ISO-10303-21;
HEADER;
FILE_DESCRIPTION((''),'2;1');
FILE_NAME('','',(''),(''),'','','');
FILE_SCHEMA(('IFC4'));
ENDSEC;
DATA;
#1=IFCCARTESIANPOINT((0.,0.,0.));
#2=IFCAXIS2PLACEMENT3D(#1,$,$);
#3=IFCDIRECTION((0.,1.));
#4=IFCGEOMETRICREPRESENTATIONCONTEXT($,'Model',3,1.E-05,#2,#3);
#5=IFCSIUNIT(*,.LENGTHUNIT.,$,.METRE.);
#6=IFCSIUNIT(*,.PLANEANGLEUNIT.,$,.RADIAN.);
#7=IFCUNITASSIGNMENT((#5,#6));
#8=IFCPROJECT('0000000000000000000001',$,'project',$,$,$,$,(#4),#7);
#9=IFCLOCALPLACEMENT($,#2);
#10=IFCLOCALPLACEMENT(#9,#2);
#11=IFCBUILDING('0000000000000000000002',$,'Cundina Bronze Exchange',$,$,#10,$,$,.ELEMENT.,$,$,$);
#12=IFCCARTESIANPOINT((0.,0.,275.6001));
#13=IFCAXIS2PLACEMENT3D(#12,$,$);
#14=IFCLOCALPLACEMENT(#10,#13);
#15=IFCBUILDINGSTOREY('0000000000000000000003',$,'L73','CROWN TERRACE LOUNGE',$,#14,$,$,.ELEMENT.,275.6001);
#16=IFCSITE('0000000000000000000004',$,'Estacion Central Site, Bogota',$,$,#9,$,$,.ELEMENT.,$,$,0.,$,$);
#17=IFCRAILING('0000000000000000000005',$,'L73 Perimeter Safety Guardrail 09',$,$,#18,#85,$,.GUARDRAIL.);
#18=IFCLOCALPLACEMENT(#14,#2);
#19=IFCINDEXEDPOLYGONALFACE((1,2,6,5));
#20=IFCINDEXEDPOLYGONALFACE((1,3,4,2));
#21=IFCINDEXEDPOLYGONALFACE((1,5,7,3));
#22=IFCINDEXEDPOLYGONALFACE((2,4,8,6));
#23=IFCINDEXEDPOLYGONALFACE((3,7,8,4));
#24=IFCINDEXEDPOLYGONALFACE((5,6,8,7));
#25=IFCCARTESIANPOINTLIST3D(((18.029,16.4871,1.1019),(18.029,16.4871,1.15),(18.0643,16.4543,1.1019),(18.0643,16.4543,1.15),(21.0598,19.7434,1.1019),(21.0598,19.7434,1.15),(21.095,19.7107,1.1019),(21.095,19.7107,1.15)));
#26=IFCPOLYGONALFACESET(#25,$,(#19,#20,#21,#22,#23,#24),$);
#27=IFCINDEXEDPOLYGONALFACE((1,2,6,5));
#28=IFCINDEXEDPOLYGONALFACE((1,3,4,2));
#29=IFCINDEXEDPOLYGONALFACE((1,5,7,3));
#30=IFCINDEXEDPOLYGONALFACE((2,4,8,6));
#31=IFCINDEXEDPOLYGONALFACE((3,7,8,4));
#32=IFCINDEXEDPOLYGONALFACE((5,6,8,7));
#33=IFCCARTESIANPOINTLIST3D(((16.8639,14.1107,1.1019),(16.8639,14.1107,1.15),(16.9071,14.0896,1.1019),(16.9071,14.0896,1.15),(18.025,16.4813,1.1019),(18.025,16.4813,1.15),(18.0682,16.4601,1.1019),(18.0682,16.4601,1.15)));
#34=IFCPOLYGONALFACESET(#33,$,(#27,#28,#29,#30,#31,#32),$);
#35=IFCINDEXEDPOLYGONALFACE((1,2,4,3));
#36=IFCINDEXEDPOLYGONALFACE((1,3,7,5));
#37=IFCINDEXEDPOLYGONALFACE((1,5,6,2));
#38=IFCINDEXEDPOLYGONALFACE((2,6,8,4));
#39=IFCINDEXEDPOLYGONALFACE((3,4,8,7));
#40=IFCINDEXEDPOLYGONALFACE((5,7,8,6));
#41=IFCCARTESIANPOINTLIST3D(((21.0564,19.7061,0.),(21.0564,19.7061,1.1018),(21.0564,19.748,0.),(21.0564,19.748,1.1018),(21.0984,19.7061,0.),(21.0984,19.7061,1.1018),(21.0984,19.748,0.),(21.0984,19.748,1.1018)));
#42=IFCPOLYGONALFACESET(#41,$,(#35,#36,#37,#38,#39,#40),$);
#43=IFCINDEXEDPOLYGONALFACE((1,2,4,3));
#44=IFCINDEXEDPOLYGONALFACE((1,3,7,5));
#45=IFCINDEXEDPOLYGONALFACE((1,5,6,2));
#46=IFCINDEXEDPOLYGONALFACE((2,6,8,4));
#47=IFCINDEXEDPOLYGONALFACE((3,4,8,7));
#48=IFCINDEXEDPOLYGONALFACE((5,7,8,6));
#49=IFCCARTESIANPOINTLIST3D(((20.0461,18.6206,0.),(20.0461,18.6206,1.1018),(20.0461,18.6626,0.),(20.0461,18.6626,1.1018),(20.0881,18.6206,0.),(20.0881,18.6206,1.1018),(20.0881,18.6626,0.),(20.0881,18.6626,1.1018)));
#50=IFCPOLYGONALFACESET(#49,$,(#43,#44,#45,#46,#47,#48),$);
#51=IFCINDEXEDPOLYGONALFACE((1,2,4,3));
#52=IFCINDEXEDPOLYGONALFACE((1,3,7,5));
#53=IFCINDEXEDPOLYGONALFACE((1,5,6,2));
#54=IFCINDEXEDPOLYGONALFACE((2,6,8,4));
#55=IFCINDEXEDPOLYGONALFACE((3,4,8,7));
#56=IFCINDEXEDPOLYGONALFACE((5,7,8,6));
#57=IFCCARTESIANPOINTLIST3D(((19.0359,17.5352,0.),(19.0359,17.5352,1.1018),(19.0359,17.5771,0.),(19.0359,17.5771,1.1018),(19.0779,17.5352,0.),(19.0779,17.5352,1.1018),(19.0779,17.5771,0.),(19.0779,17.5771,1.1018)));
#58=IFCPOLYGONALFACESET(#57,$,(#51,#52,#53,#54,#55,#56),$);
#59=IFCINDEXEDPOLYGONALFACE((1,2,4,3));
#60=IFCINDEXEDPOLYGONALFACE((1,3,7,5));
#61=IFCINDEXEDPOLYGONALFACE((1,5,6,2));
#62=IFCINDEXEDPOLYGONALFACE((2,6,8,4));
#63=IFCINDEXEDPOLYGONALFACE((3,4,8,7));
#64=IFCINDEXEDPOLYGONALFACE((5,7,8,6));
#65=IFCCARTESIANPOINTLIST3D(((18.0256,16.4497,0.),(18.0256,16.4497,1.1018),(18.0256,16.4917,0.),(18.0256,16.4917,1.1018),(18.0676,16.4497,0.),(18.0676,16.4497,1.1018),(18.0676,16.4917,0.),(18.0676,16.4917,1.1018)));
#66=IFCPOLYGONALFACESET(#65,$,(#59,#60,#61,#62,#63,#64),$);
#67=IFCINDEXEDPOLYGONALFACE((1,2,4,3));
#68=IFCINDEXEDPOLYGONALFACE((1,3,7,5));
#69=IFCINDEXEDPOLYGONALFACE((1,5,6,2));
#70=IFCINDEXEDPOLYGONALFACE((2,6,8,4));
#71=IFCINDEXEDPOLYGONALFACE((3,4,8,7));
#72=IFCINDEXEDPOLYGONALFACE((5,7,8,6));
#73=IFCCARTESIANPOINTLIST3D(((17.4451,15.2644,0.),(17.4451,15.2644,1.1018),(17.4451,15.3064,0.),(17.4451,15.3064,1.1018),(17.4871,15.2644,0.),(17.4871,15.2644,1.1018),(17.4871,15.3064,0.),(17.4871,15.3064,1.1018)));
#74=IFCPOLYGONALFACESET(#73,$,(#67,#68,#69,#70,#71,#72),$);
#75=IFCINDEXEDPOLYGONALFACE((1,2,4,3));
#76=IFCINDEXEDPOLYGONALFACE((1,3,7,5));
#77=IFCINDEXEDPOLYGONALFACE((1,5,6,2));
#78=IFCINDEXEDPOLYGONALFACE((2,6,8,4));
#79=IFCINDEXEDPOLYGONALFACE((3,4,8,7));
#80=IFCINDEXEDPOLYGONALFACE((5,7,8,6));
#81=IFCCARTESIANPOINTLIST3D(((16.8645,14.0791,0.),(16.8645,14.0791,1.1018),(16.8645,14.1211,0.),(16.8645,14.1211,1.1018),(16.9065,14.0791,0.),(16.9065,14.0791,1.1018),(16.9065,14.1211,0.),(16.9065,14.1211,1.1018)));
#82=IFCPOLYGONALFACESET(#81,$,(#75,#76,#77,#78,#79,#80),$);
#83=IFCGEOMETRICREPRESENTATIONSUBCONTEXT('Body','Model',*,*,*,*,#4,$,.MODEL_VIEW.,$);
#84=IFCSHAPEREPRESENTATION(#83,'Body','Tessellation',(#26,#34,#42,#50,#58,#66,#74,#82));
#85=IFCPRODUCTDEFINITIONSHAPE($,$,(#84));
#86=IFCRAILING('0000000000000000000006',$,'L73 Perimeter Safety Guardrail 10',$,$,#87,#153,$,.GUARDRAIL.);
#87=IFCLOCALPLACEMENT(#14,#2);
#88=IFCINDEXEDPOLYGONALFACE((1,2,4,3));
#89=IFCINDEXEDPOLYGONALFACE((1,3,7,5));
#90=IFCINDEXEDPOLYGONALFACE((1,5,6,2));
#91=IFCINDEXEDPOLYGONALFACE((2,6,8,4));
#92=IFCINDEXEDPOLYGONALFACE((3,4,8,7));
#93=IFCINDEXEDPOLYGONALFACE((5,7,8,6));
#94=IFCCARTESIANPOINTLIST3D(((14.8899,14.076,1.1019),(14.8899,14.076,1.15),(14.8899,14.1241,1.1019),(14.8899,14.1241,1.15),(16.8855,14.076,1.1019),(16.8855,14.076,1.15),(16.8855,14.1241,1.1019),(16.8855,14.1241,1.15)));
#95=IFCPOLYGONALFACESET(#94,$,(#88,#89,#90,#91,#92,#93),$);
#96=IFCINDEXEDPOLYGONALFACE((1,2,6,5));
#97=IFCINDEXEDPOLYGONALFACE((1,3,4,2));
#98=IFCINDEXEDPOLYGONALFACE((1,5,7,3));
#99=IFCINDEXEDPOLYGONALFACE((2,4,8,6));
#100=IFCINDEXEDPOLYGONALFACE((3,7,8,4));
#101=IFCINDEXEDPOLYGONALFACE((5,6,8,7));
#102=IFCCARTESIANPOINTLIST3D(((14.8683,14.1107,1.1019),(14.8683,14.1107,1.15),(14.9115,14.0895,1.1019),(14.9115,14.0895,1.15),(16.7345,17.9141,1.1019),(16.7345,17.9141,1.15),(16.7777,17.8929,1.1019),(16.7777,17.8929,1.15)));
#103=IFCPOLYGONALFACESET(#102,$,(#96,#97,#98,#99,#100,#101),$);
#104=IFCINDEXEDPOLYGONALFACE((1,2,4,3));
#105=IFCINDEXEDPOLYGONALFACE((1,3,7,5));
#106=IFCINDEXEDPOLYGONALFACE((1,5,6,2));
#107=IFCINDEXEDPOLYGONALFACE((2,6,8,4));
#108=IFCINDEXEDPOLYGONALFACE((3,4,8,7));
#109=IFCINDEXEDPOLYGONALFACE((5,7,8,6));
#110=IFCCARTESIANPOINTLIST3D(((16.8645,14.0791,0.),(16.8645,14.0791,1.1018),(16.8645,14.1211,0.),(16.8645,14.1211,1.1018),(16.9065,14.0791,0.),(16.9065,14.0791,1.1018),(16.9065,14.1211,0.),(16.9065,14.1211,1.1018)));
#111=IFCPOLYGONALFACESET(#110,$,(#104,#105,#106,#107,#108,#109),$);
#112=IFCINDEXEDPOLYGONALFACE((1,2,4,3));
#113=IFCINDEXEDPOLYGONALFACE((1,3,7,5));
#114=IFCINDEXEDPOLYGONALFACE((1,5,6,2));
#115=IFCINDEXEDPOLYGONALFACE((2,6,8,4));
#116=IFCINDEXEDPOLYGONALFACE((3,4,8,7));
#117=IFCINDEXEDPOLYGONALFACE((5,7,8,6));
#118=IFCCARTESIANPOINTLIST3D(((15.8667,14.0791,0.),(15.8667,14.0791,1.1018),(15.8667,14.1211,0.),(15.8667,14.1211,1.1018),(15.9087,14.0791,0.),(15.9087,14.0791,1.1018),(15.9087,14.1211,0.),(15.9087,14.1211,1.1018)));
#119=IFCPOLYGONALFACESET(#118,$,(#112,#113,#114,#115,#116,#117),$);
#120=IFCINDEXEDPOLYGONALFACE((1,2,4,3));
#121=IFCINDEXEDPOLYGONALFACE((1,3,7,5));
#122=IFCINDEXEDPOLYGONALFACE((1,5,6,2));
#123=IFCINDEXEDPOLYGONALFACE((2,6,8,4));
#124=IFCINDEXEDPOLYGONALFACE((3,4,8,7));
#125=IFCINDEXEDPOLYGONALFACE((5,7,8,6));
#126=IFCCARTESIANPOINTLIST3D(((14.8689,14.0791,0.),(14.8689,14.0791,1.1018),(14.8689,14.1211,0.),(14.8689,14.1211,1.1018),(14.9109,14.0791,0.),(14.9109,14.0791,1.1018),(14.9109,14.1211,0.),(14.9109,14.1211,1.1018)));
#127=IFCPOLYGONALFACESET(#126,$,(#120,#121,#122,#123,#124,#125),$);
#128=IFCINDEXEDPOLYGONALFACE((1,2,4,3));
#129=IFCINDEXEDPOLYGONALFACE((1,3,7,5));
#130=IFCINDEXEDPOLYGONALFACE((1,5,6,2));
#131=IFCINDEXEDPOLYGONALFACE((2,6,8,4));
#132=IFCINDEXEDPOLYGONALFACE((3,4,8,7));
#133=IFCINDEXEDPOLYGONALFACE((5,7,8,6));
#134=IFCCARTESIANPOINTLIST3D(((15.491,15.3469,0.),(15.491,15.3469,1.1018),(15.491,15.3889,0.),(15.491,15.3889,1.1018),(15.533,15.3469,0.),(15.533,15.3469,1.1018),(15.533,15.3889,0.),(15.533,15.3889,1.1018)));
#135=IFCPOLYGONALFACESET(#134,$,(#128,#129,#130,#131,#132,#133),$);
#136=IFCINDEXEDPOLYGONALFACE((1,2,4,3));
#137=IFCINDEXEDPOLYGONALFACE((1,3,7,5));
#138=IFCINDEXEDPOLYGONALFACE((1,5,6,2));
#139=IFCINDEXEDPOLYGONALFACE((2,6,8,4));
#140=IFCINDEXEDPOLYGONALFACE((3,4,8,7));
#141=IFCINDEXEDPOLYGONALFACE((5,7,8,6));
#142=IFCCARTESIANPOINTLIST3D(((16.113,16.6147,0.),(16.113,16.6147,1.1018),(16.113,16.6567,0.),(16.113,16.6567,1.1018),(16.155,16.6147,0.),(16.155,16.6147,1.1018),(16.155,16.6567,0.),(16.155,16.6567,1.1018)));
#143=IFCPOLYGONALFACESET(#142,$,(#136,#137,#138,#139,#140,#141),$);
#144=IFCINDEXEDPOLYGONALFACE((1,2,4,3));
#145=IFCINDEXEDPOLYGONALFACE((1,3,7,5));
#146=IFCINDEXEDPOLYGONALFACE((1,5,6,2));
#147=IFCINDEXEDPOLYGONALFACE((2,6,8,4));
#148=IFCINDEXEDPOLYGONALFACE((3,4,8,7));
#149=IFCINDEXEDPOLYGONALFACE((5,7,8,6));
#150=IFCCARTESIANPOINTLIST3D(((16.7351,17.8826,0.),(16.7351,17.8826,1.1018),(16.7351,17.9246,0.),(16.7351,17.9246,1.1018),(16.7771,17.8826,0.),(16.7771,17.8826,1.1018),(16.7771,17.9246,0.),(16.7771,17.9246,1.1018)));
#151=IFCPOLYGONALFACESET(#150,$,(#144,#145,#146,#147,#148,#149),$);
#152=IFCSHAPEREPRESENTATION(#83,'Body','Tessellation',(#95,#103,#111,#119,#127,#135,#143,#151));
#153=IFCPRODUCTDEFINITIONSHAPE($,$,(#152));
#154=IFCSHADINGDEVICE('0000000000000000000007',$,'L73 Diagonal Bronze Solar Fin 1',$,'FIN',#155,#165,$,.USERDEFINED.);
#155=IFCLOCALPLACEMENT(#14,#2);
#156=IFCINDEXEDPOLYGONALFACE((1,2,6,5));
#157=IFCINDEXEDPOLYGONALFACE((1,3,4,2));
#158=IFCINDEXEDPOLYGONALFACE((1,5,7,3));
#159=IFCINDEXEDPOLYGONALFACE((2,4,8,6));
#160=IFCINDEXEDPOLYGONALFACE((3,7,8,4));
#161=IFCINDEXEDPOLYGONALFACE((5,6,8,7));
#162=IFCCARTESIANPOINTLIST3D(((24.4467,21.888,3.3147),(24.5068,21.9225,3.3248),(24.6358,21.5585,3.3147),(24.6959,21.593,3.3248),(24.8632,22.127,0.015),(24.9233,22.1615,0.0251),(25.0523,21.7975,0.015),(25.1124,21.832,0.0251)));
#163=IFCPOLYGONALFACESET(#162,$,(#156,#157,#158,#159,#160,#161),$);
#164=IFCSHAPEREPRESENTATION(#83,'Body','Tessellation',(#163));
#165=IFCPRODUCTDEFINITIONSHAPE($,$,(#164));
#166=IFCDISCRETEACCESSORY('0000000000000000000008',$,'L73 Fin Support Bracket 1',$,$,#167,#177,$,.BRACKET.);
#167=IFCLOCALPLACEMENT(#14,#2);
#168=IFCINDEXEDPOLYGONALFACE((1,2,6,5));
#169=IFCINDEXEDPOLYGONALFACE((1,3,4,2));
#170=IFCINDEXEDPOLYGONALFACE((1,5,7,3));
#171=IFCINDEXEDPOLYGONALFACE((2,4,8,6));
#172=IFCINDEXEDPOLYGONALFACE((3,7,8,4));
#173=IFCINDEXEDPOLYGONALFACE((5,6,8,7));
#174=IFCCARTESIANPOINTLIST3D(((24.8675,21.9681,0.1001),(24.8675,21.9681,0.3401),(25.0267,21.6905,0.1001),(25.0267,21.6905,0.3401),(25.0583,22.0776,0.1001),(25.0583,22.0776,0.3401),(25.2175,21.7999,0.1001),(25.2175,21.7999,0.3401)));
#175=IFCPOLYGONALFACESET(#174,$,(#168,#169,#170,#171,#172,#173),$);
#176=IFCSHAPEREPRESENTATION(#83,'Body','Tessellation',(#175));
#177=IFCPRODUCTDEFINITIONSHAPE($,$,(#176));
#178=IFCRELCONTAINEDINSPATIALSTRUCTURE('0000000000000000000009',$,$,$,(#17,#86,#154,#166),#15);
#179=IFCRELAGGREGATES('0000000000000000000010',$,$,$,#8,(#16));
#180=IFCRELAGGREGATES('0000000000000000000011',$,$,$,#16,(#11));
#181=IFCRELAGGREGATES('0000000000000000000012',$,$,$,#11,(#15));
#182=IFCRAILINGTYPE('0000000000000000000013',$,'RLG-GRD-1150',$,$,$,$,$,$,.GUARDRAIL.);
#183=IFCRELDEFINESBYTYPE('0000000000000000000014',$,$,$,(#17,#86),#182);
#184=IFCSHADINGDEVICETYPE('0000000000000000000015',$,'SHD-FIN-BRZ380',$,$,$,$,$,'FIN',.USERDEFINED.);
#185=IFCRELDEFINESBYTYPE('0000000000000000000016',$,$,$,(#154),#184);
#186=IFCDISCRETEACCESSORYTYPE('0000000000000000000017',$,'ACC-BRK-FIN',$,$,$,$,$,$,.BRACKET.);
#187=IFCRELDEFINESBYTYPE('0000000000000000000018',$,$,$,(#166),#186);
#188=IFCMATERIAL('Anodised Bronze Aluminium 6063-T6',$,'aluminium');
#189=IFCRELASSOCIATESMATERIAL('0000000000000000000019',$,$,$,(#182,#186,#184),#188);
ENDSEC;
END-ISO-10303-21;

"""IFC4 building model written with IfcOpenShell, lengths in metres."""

from ifc_helpers import new_model, si_unit, direction, frame, origin, origin_2d, place, context, subcontext, project, spatial, rectangle, extrude, material, material_profile, profile_set, type_object, element, save


model = new_model("IFC4")

# Units and contexts
model_context = context("Model", 3, precision=1e-05, world=origin(), true_north=direction((0.0, 1.0)))
body_context = subcontext(model_context, "Body", "Model", "MODEL_VIEW")
ifc_project = project(units=[si_unit("LENGTHUNIT", "METRE"), si_unit("PLANEANGLEUNIT", "RADIAN")], contexts=[model_context])

# Site, building, storey
site_placement = place(None, origin())
site = spatial("IfcSite", under=ifc_project, at=site_placement, Name="Estacion Central Site, Bogota", CompositionType="ELEMENT", RefElevation=0.0)
building_placement = place(site_placement, origin())
building = spatial("IfcBuilding", under=site, at=building_placement, Name="Cundina Bronze Exchange", CompositionType="ELEMENT")
storey_placement = place(building_placement, frame((0.0, 0.0, 275.6001)))
storey = spatial("IfcBuildingStorey", under=building, at=storey_placement, Name="L73", Description="CROWN TERRACE LOUNGE", CompositionType="ELEMENT", Elevation=275.6001)

# Shared definitions
ifc_material_1 = material(Name="Anodised Bronze Aluminium 6063-T6", Category="aluminium")

# Railings
railing_type = type_object("IfcRailingType", Name="RLG-GRD-1150", PredefinedType="GUARDRAIL", material=ifc_material_1)
railing_1_placement = place(storey_placement, frame((21.0774, 19.7271, 0.0)))
element("IfcRailing", 1, at=railing_1_placement, inside=storey, type_object=railing_type, Name="L73 Perimeter Safety Guardrail 09", PredefinedType="GUARDRAIL", context=body_context, shape_type="SweptSolid", body=[
    extrude(rectangle(XDim=0.0481, YDim=0.0481, at=origin_2d()), frame((0.0, 0.0, 1.126), z_axis=(-0.681297, -0.732007, 0.0), x_axis=(0.732007, -0.681297, 0.0)), (0.0, 0.0, 1.0), 4.4485),
    extrude(rectangle(XDim=0.0481, YDim=0.0481, at=origin_2d()), frame((-3.0308, -3.2563, 1.126), z_axis=(-0.439874, -0.89806, 0.0), x_axis=(0.89806, -0.439874, 0.0)), (0.0, 0.0, 1.0), 2.6396),
    extrude(rectangle(XDim=0.042, YDim=0.042, at=origin_2d()), origin(), (0.0, 0.0, 1.0), 1.1018),
    extrude(rectangle(XDim=0.042, YDim=0.042, at=origin_2d()), frame((-1.0103, -1.0854, 0.0)), (0.0, 0.0, 1.0), 1.1018),
    extrude(rectangle(XDim=0.042, YDim=0.042, at=origin_2d()), frame((-2.0205, -2.1709, 0.0)), (0.0, 0.0, 1.0), 1.1018),
    extrude(rectangle(XDim=0.042, YDim=0.042, at=origin_2d()), frame((-3.0308, -3.2563, 0.0)), (0.0, 0.0, 1.0), 1.1018),
    extrude(rectangle(XDim=0.042, YDim=0.042, at=origin_2d()), frame((-3.6113, -4.4417, 0.0)), (0.0, 0.0, 1.0), 1.1018),
    extrude(rectangle(XDim=0.042, YDim=0.042, at=origin_2d()), frame((-4.1919, -5.627, 0.0)), (0.0, 0.0, 1.0), 1.1018),
])
railing_2_placement = place(storey_placement, frame((16.8855, 14.1001, 0.0)))
element("IfcRailing", 2, at=railing_2_placement, inside=storey, type_object=railing_type, Name="L73 Perimeter Safety Guardrail 10", PredefinedType="GUARDRAIL", context=body_context, shape_type="SweptSolid", body=[
    extrude(rectangle(XDim=0.0481, YDim=0.0481, at=origin_2d()), frame((0.0, 0.0, 1.126), z_axis=(-1.0, 0.0, 0.0), x_axis=(0.0, -1.0, 0.0)), (0.0, 0.0, 1.0), 1.9956),
    extrude(rectangle(XDim=0.0481, YDim=0.0481, at=origin_2d()), frame((-1.9956, 0.0, 1.126), z_axis=(0.440493, 0.897756, 0.0), x_axis=(-0.897756, 0.440493, 0.0)), (0.0, 0.0, 1.0), 4.2366),
    extrude(rectangle(XDim=0.042, YDim=0.042, at=origin_2d()), origin(), (0.0, 0.0, 1.0), 1.1018),
    extrude(rectangle(XDim=0.042, YDim=0.042, at=origin_2d()), frame((-0.9978, 0.0, 0.0)), (0.0, 0.0, 1.0), 1.1018),
    extrude(rectangle(XDim=0.042, YDim=0.042, at=origin_2d()), frame((-1.9956, 0.0, 0.0)), (0.0, 0.0, 1.0), 1.1018),
    extrude(rectangle(XDim=0.042, YDim=0.042, at=origin_2d()), frame((-1.3735, 1.2678, 0.0)), (0.0, 0.0, 1.0), 1.1018),
    extrude(rectangle(XDim=0.042, YDim=0.042, at=origin_2d()), frame((-0.7515, 2.5356, 0.0)), (0.0, 0.0, 1.0), 1.1018),
    extrude(rectangle(XDim=0.042, YDim=0.042, at=origin_2d()), frame((-0.1294, 3.8035, 0.0)), (0.0, 0.0, 1.0), 1.1018),
])

# Shading device
ifc_material_profile_1 = material_profile(ifc_material_1, rectangle(XDim=0.0701, YDim=0.3799, at=origin_2d()), Name="FIN70X380", Category="aluminium")
ifc_profile_set_1 = profile_set([ifc_material_profile_1], Name="Anodised Bronze Aluminium 6063-T6")
shading_device_type = type_object("IfcShadingDeviceType", Name="SHD-FIN-BRZ380", ElementType="FIN", PredefinedType="USERDEFINED", material=ifc_profile_set_1)
shading_device_placement = place(storey_placement, frame((24.9878, 21.9795, 0.02), z_axis=(-0.124905, -0.071678, 0.989576), x_axis=(0.858293, 0.492538, 0.14401)))
element("IfcShadingDevice", 3, at=shading_device_placement, inside=storey, type_object=shading_device_type, Name="L73 Diagonal Bronze Solar Fin 1", ObjectType="FIN", PredefinedType="USERDEFINED", context=body_context, shape_type="SweptSolid", body=[
    extrude(rectangle(XDim=0.0701, YDim=0.3799, at=origin_2d()), origin(), (0.0, 0.0, 1.0), 3.3345),
])

# Discrete accessory
discrete_accessory_type = type_object("IfcDiscreteAccessoryType", Name="ACC-BRK-FIN", PredefinedType="BRACKET", material=ifc_material_1)
discrete_accessory_placement = place(storey_placement, frame((25.0425, 21.884, 0.1001), z_axis=(0.0, 0.0, 1.0), x_axis=(-0.867453, -0.497519, 0.0)))
element("IfcDiscreteAccessory", 4, at=discrete_accessory_placement, inside=storey, type_object=discrete_accessory_type, Name="L73 Fin Support Bracket 1", PredefinedType="BRACKET", context=body_context, shape_type="SweptSolid", body=[
    extrude(rectangle(XDim=0.22, YDim=0.3201, at=origin_2d()), origin(), (0.0, 0.0, 1.0), 0.24),
])

save(model, "model.ifc")
